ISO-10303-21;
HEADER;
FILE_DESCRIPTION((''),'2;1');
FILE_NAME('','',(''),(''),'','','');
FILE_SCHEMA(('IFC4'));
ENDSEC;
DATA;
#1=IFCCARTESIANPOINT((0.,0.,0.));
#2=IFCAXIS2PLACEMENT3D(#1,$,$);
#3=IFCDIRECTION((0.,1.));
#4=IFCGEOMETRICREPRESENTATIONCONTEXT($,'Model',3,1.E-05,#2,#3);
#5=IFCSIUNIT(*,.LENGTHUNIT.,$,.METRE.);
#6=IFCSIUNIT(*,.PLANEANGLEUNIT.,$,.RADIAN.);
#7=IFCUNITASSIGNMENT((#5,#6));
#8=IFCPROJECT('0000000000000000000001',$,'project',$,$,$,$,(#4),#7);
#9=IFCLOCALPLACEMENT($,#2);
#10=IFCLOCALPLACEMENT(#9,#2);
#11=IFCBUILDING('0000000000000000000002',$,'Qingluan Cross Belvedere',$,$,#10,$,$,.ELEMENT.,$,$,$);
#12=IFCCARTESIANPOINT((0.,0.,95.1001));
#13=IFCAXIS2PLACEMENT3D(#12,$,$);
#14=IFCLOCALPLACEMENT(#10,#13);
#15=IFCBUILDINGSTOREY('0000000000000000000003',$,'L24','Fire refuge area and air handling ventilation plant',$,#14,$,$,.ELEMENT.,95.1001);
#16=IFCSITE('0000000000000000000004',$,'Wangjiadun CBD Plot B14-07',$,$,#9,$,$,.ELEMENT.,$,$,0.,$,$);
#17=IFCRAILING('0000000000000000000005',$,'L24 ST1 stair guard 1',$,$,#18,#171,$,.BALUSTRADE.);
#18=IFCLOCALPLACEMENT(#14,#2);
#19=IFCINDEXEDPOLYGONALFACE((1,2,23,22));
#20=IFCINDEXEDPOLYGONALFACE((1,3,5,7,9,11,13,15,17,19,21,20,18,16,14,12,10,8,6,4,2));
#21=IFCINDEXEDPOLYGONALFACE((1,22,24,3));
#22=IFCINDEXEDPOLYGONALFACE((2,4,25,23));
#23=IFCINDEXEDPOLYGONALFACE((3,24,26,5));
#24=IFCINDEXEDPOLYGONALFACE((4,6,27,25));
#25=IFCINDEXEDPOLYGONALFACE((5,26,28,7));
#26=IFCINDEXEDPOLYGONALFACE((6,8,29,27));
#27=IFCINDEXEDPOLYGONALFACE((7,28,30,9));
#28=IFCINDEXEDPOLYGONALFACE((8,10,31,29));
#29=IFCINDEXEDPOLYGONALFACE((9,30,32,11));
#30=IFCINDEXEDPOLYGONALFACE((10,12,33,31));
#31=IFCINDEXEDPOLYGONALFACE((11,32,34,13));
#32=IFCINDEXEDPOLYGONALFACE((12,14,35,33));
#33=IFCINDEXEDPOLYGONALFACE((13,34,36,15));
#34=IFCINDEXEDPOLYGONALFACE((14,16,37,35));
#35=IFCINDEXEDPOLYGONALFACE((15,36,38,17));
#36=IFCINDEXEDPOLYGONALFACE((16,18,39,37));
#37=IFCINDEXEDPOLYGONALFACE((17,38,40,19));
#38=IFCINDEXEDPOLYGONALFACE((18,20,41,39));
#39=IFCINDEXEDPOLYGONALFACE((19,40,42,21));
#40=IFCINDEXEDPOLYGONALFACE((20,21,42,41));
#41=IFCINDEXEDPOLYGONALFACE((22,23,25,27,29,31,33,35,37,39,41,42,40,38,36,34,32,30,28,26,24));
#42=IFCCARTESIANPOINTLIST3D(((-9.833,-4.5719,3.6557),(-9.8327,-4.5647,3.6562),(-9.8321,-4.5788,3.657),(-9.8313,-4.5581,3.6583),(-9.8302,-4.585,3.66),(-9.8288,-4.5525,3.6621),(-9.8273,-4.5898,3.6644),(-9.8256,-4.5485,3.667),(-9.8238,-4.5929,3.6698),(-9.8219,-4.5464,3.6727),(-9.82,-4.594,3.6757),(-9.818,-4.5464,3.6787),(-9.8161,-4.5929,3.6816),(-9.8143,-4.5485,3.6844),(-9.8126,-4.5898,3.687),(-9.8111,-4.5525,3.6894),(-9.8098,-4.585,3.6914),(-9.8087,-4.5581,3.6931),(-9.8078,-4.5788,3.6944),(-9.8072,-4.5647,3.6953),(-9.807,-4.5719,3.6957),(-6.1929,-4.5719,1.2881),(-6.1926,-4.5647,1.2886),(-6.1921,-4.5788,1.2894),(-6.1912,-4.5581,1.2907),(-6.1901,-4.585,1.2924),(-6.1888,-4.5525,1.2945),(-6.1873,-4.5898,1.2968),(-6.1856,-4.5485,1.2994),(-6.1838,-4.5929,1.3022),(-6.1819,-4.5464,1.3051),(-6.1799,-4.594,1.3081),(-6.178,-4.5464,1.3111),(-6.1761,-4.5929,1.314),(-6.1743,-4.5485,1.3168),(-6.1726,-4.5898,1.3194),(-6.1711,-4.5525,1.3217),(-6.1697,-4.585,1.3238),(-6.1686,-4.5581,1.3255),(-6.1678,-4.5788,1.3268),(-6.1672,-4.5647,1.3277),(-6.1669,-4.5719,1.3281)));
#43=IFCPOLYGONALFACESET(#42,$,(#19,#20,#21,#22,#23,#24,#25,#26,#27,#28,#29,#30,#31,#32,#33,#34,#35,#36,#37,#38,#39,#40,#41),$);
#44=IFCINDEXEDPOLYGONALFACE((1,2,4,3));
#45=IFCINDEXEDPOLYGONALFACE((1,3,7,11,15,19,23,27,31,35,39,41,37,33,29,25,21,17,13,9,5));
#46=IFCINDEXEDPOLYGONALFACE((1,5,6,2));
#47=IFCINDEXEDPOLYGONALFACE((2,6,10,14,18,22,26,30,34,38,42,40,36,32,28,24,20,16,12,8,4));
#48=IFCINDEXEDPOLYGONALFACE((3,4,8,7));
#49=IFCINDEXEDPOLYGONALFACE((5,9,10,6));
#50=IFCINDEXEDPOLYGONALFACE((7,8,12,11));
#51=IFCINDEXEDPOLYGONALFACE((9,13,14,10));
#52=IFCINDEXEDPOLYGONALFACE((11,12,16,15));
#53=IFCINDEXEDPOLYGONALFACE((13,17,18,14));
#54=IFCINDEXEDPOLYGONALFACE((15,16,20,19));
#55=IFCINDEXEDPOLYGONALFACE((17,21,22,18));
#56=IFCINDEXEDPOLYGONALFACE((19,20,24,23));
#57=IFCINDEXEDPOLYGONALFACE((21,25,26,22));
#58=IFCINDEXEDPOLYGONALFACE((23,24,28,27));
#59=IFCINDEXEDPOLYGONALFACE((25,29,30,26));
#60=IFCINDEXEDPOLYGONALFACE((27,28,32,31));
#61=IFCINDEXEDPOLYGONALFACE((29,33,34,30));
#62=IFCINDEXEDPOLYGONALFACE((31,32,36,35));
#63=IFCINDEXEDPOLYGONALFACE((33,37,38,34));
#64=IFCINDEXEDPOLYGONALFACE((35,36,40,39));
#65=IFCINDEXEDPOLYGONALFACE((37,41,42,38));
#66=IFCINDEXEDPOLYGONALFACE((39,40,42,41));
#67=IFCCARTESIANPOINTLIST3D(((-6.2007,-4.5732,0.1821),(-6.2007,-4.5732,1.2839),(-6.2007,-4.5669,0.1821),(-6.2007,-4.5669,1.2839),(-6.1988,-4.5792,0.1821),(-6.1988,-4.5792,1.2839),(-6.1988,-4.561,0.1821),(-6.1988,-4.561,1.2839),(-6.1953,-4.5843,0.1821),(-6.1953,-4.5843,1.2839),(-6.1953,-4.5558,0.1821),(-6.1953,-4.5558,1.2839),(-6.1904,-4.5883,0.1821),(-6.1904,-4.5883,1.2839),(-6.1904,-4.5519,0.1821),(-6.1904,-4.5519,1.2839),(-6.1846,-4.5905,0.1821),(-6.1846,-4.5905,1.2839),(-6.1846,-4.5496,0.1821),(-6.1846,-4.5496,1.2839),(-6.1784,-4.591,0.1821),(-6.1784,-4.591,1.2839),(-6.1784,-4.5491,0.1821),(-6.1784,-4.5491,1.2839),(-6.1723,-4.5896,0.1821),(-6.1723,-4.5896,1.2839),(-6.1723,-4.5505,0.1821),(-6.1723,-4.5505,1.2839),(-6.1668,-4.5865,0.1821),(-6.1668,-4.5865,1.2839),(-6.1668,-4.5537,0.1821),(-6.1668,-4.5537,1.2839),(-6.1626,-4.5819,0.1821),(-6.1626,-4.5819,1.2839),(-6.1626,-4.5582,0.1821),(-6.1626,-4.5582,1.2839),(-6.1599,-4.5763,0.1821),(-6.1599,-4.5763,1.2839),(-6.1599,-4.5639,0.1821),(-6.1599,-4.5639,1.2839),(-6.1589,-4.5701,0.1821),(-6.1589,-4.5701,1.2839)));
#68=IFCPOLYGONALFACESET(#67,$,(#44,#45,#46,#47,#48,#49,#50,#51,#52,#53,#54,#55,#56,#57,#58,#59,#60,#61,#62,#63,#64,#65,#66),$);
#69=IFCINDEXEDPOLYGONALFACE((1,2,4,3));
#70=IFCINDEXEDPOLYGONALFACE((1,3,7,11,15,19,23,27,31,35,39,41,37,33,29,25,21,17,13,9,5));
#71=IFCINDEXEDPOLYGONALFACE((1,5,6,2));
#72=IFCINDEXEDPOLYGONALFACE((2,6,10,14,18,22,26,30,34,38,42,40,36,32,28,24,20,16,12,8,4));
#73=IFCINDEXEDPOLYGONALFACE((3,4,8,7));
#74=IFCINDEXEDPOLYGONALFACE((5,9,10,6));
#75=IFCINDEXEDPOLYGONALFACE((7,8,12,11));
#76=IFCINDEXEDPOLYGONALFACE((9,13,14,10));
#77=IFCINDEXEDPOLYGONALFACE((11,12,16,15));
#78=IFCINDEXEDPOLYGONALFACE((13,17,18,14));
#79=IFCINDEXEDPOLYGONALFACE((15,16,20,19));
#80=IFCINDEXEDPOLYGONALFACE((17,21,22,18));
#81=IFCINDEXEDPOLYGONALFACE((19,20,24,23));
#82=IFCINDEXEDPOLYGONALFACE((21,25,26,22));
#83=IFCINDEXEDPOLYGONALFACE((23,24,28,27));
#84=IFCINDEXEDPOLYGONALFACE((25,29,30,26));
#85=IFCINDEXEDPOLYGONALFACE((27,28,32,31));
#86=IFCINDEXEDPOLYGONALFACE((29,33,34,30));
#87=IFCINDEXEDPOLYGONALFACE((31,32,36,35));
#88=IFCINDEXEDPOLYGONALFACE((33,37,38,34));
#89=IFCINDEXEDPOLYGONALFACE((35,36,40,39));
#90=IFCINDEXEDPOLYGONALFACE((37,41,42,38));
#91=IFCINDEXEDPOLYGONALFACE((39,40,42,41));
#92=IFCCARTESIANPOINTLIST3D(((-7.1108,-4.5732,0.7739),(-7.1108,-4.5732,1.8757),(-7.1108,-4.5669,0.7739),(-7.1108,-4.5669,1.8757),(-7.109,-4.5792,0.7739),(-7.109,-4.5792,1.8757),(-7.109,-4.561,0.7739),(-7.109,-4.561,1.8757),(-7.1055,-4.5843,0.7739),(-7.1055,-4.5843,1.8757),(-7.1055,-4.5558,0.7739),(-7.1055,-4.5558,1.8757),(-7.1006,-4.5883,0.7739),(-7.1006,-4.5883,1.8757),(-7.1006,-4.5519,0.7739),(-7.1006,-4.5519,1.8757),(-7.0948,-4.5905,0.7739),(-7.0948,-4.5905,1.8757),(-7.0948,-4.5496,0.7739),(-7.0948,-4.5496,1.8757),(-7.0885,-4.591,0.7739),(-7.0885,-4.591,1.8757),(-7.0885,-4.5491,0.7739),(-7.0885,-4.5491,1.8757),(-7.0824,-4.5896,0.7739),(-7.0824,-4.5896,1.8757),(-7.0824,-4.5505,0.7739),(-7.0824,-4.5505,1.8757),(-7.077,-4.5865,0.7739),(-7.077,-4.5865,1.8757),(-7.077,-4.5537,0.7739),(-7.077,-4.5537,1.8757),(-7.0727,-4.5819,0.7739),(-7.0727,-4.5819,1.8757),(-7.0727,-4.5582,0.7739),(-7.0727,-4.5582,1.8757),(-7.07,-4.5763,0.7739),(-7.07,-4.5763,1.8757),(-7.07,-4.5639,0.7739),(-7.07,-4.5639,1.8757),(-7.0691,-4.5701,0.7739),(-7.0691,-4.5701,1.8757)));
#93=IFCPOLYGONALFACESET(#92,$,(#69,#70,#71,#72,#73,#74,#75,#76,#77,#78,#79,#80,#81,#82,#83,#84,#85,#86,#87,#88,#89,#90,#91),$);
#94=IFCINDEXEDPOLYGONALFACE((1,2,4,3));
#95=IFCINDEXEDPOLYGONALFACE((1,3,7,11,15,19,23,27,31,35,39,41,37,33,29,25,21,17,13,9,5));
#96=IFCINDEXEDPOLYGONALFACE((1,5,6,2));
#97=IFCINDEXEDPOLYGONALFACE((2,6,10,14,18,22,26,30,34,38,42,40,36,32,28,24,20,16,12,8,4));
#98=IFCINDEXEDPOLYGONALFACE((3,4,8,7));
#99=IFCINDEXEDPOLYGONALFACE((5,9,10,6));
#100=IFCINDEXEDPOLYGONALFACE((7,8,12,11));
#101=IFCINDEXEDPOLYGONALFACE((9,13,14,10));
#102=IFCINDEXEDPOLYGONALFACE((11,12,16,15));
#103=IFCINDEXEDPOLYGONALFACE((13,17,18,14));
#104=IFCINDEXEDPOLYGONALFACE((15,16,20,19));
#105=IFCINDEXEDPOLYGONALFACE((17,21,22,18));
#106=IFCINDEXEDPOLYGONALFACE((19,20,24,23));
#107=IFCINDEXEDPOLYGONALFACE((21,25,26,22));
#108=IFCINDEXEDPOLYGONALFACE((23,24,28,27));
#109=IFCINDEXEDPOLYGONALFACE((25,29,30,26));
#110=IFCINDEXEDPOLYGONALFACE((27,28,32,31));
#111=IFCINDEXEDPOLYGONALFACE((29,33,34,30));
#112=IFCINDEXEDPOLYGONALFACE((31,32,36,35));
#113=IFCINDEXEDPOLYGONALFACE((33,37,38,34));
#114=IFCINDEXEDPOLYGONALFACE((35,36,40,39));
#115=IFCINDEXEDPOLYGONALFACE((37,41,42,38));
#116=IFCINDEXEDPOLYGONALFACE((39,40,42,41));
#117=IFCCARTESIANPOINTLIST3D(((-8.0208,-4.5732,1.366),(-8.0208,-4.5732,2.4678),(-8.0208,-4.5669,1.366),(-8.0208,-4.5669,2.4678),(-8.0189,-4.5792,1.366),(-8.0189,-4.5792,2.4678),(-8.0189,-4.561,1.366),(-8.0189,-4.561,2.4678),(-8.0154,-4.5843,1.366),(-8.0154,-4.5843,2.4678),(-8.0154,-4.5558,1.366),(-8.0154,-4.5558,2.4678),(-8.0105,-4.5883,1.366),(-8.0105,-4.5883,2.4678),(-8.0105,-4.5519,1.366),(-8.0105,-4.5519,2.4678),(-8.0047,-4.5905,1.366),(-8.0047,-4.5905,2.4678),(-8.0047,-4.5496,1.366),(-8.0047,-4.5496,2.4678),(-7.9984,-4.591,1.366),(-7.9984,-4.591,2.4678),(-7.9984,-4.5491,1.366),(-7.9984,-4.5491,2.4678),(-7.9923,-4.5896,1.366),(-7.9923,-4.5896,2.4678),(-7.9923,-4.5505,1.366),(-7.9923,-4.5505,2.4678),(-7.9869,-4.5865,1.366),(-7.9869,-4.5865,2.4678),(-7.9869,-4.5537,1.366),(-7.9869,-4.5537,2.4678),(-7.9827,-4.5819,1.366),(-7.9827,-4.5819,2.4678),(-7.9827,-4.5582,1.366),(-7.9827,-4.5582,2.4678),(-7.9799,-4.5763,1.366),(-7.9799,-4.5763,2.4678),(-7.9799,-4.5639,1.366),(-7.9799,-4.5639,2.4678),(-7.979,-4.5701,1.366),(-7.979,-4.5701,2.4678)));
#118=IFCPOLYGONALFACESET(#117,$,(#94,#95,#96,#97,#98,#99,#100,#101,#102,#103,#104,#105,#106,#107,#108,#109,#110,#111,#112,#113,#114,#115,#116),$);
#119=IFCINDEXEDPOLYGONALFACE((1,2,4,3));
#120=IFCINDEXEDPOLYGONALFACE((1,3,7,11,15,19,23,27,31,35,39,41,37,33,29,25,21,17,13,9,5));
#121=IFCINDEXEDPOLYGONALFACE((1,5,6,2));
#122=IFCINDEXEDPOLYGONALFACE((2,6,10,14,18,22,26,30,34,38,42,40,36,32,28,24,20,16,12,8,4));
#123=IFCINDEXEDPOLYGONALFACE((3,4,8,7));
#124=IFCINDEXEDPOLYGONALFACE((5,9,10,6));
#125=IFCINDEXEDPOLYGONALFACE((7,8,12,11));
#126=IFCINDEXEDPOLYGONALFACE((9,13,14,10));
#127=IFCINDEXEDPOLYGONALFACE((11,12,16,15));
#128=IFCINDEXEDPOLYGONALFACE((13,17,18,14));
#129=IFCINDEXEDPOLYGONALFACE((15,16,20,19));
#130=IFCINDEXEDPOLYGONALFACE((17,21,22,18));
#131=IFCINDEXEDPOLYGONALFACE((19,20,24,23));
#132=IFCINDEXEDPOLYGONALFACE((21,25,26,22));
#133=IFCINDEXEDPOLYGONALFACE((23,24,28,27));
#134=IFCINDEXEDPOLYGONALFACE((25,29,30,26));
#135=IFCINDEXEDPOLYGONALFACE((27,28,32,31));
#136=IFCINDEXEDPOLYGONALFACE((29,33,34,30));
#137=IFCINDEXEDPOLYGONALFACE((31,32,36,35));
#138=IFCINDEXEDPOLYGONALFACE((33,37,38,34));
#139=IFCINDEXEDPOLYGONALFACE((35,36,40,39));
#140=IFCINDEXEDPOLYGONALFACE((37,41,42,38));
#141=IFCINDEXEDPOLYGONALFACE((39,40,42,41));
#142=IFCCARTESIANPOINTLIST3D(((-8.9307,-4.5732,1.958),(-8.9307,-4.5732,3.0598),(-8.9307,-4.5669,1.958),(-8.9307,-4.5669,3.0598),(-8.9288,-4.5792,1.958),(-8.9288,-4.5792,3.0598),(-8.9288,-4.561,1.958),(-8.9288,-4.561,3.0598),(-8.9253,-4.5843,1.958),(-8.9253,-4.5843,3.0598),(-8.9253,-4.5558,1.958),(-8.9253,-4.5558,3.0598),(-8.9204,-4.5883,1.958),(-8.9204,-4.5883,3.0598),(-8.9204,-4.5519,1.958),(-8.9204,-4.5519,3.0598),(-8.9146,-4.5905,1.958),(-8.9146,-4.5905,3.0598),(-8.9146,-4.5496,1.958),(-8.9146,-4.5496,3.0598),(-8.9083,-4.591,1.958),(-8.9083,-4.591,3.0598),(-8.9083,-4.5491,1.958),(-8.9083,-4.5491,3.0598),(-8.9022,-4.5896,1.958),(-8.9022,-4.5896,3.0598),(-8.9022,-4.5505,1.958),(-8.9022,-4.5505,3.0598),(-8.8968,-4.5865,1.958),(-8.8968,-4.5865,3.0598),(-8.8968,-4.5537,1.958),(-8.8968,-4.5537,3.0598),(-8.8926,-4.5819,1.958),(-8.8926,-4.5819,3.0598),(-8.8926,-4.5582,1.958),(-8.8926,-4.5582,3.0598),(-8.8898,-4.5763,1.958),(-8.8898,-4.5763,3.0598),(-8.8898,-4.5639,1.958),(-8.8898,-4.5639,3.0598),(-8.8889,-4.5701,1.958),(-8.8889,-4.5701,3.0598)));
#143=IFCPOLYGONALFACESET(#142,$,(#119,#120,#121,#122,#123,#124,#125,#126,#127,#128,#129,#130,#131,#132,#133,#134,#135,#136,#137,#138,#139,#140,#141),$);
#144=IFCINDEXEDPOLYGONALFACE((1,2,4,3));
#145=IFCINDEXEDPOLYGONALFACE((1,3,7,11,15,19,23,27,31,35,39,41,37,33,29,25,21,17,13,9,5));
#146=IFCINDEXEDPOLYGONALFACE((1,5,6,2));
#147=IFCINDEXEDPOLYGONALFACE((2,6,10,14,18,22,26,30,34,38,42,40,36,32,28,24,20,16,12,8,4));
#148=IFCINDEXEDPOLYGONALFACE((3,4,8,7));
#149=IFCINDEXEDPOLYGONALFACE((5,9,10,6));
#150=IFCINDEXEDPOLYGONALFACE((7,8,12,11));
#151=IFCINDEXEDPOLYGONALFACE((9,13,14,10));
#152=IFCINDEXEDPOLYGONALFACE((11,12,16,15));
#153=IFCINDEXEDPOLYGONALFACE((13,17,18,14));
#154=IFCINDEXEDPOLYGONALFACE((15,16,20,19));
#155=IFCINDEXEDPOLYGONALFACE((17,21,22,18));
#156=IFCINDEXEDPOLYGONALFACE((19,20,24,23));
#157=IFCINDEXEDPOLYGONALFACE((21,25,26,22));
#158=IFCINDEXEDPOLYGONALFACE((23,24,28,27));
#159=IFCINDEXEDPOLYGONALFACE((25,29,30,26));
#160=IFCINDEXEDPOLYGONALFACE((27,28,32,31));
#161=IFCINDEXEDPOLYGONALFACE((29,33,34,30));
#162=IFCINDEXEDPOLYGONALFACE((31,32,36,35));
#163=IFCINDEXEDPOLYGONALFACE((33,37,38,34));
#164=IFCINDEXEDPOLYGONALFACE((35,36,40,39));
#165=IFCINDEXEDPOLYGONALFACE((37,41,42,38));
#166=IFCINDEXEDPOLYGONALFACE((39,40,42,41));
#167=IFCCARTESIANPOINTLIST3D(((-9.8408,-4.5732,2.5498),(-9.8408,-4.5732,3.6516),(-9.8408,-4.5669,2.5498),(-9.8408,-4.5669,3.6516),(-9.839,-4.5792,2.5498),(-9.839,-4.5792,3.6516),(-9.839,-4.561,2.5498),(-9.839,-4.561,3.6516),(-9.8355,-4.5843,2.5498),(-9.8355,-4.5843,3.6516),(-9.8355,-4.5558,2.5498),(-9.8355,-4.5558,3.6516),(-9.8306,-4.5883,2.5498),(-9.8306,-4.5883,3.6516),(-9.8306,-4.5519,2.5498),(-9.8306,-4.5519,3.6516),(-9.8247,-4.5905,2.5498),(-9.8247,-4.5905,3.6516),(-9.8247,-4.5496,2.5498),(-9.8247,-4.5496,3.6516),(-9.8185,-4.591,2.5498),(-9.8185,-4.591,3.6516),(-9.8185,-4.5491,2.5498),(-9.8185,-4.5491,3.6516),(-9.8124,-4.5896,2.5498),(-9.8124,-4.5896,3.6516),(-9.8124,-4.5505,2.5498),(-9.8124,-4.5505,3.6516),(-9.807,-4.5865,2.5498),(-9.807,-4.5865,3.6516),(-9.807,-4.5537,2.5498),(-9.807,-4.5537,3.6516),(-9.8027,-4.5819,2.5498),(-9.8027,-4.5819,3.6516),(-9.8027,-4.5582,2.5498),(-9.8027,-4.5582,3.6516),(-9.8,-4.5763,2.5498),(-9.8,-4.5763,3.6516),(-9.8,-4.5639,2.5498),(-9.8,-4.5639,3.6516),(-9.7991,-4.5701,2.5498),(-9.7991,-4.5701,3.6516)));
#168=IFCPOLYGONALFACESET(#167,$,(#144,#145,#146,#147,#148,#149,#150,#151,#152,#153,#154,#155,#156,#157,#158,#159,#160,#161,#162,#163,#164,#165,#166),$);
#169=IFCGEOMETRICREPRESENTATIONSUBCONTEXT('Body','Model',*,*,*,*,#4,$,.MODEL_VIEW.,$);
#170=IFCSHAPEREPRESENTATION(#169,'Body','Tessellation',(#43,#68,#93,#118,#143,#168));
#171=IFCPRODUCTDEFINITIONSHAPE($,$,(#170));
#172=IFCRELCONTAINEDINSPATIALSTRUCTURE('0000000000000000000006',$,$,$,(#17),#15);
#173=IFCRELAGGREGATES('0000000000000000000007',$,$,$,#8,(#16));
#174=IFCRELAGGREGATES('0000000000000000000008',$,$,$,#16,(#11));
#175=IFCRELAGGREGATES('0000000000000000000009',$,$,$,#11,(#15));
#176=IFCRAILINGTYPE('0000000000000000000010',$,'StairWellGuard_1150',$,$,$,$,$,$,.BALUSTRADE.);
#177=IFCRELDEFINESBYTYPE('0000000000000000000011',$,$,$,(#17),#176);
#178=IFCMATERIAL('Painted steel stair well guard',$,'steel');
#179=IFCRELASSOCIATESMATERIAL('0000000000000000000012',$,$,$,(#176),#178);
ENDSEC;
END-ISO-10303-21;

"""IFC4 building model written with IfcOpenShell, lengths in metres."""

from ifc_helpers import new_model, si_unit, direction, frame, origin, origin_2d, place, context, subcontext, project, spatial, circle, extrude, material, type_object, element, save


model = new_model("IFC4")

# Units and contexts
model_context = context("Model", 3, precision=1e-05, world=origin(), true_north=direction((0.0, 1.0)))
body_context = subcontext(model_context, "Body", "Model", "MODEL_VIEW")
ifc_project = project(units=[si_unit("LENGTHUNIT", "METRE"), si_unit("PLANEANGLEUNIT", "RADIAN")], contexts=[model_context])

# Site, building, storey
site_placement = place(None, origin())
site = spatial("IfcSite", under=ifc_project, at=site_placement, Name="Wangjiadun CBD Plot B14-07", CompositionType="ELEMENT", RefElevation=0.0)
building_placement = place(site_placement, origin())
building = spatial("IfcBuilding", under=site, at=building_placement, Name="Qingluan Cross Belvedere", CompositionType="ELEMENT")
storey_placement = place(building_placement, frame((0.0, 0.0, 95.1001)))
storey = spatial("IfcBuildingStorey", under=building, at=storey_placement, Name="L24", Description="Fire refuge area and air handling ventilation plant", CompositionType="ELEMENT", Elevation=95.1001)

# Railing
ifc_material_1 = material(Name="Painted steel stair well guard", Category="steel")
railing_type_1 = type_object("IfcRailingType", Name="StairWellGuard_1150", PredefinedType="BALUSTRADE", material=ifc_material_1)
railing_1_placement = place(storey_placement, frame((-6.1799, -4.5701, 0.1821)))
element("IfcRailing", 1, at=railing_1_placement, inside=storey, type_object=railing_type_1, Name="L24 ST1 stair guard 1", PredefinedType="BALUSTRADE", context=body_context, shape_type="SweptSolid", body=[
    extrude(circle(Radius=0.0239, at=origin_2d()), frame((0.0, 0.0, 1.126), z_axis=(-0.838277, 0.0, 0.545245), x_axis=(0.0, -1.0, 0.0)), (0.0, 0.0, 1.0), 4.3423),
    extrude(circle(Radius=0.021, at=origin_2d()), origin(), (0.0, 0.0, 1.0), 1.1018),
    extrude(circle(Radius=0.021, at=origin_2d()), frame((-0.9102, 0.0, 0.5918)), (0.0, 0.0, 1.0), 1.1018),
    extrude(circle(Radius=0.021, at=origin_2d()), frame((-1.8201, 0.0, 1.1838)), (0.0, 0.0, 1.0), 1.1018),
    extrude(circle(Radius=0.021, at=origin_2d()), frame((-2.73, 0.0, 1.7759)), (0.0, 0.0, 1.0), 1.1018),
    extrude(circle(Radius=0.021, at=origin_2d()), frame((-3.6401, 0.0, 2.3677)), (0.0, 0.0, 1.0), 1.1018),
])

save(model, "model.ifc")
